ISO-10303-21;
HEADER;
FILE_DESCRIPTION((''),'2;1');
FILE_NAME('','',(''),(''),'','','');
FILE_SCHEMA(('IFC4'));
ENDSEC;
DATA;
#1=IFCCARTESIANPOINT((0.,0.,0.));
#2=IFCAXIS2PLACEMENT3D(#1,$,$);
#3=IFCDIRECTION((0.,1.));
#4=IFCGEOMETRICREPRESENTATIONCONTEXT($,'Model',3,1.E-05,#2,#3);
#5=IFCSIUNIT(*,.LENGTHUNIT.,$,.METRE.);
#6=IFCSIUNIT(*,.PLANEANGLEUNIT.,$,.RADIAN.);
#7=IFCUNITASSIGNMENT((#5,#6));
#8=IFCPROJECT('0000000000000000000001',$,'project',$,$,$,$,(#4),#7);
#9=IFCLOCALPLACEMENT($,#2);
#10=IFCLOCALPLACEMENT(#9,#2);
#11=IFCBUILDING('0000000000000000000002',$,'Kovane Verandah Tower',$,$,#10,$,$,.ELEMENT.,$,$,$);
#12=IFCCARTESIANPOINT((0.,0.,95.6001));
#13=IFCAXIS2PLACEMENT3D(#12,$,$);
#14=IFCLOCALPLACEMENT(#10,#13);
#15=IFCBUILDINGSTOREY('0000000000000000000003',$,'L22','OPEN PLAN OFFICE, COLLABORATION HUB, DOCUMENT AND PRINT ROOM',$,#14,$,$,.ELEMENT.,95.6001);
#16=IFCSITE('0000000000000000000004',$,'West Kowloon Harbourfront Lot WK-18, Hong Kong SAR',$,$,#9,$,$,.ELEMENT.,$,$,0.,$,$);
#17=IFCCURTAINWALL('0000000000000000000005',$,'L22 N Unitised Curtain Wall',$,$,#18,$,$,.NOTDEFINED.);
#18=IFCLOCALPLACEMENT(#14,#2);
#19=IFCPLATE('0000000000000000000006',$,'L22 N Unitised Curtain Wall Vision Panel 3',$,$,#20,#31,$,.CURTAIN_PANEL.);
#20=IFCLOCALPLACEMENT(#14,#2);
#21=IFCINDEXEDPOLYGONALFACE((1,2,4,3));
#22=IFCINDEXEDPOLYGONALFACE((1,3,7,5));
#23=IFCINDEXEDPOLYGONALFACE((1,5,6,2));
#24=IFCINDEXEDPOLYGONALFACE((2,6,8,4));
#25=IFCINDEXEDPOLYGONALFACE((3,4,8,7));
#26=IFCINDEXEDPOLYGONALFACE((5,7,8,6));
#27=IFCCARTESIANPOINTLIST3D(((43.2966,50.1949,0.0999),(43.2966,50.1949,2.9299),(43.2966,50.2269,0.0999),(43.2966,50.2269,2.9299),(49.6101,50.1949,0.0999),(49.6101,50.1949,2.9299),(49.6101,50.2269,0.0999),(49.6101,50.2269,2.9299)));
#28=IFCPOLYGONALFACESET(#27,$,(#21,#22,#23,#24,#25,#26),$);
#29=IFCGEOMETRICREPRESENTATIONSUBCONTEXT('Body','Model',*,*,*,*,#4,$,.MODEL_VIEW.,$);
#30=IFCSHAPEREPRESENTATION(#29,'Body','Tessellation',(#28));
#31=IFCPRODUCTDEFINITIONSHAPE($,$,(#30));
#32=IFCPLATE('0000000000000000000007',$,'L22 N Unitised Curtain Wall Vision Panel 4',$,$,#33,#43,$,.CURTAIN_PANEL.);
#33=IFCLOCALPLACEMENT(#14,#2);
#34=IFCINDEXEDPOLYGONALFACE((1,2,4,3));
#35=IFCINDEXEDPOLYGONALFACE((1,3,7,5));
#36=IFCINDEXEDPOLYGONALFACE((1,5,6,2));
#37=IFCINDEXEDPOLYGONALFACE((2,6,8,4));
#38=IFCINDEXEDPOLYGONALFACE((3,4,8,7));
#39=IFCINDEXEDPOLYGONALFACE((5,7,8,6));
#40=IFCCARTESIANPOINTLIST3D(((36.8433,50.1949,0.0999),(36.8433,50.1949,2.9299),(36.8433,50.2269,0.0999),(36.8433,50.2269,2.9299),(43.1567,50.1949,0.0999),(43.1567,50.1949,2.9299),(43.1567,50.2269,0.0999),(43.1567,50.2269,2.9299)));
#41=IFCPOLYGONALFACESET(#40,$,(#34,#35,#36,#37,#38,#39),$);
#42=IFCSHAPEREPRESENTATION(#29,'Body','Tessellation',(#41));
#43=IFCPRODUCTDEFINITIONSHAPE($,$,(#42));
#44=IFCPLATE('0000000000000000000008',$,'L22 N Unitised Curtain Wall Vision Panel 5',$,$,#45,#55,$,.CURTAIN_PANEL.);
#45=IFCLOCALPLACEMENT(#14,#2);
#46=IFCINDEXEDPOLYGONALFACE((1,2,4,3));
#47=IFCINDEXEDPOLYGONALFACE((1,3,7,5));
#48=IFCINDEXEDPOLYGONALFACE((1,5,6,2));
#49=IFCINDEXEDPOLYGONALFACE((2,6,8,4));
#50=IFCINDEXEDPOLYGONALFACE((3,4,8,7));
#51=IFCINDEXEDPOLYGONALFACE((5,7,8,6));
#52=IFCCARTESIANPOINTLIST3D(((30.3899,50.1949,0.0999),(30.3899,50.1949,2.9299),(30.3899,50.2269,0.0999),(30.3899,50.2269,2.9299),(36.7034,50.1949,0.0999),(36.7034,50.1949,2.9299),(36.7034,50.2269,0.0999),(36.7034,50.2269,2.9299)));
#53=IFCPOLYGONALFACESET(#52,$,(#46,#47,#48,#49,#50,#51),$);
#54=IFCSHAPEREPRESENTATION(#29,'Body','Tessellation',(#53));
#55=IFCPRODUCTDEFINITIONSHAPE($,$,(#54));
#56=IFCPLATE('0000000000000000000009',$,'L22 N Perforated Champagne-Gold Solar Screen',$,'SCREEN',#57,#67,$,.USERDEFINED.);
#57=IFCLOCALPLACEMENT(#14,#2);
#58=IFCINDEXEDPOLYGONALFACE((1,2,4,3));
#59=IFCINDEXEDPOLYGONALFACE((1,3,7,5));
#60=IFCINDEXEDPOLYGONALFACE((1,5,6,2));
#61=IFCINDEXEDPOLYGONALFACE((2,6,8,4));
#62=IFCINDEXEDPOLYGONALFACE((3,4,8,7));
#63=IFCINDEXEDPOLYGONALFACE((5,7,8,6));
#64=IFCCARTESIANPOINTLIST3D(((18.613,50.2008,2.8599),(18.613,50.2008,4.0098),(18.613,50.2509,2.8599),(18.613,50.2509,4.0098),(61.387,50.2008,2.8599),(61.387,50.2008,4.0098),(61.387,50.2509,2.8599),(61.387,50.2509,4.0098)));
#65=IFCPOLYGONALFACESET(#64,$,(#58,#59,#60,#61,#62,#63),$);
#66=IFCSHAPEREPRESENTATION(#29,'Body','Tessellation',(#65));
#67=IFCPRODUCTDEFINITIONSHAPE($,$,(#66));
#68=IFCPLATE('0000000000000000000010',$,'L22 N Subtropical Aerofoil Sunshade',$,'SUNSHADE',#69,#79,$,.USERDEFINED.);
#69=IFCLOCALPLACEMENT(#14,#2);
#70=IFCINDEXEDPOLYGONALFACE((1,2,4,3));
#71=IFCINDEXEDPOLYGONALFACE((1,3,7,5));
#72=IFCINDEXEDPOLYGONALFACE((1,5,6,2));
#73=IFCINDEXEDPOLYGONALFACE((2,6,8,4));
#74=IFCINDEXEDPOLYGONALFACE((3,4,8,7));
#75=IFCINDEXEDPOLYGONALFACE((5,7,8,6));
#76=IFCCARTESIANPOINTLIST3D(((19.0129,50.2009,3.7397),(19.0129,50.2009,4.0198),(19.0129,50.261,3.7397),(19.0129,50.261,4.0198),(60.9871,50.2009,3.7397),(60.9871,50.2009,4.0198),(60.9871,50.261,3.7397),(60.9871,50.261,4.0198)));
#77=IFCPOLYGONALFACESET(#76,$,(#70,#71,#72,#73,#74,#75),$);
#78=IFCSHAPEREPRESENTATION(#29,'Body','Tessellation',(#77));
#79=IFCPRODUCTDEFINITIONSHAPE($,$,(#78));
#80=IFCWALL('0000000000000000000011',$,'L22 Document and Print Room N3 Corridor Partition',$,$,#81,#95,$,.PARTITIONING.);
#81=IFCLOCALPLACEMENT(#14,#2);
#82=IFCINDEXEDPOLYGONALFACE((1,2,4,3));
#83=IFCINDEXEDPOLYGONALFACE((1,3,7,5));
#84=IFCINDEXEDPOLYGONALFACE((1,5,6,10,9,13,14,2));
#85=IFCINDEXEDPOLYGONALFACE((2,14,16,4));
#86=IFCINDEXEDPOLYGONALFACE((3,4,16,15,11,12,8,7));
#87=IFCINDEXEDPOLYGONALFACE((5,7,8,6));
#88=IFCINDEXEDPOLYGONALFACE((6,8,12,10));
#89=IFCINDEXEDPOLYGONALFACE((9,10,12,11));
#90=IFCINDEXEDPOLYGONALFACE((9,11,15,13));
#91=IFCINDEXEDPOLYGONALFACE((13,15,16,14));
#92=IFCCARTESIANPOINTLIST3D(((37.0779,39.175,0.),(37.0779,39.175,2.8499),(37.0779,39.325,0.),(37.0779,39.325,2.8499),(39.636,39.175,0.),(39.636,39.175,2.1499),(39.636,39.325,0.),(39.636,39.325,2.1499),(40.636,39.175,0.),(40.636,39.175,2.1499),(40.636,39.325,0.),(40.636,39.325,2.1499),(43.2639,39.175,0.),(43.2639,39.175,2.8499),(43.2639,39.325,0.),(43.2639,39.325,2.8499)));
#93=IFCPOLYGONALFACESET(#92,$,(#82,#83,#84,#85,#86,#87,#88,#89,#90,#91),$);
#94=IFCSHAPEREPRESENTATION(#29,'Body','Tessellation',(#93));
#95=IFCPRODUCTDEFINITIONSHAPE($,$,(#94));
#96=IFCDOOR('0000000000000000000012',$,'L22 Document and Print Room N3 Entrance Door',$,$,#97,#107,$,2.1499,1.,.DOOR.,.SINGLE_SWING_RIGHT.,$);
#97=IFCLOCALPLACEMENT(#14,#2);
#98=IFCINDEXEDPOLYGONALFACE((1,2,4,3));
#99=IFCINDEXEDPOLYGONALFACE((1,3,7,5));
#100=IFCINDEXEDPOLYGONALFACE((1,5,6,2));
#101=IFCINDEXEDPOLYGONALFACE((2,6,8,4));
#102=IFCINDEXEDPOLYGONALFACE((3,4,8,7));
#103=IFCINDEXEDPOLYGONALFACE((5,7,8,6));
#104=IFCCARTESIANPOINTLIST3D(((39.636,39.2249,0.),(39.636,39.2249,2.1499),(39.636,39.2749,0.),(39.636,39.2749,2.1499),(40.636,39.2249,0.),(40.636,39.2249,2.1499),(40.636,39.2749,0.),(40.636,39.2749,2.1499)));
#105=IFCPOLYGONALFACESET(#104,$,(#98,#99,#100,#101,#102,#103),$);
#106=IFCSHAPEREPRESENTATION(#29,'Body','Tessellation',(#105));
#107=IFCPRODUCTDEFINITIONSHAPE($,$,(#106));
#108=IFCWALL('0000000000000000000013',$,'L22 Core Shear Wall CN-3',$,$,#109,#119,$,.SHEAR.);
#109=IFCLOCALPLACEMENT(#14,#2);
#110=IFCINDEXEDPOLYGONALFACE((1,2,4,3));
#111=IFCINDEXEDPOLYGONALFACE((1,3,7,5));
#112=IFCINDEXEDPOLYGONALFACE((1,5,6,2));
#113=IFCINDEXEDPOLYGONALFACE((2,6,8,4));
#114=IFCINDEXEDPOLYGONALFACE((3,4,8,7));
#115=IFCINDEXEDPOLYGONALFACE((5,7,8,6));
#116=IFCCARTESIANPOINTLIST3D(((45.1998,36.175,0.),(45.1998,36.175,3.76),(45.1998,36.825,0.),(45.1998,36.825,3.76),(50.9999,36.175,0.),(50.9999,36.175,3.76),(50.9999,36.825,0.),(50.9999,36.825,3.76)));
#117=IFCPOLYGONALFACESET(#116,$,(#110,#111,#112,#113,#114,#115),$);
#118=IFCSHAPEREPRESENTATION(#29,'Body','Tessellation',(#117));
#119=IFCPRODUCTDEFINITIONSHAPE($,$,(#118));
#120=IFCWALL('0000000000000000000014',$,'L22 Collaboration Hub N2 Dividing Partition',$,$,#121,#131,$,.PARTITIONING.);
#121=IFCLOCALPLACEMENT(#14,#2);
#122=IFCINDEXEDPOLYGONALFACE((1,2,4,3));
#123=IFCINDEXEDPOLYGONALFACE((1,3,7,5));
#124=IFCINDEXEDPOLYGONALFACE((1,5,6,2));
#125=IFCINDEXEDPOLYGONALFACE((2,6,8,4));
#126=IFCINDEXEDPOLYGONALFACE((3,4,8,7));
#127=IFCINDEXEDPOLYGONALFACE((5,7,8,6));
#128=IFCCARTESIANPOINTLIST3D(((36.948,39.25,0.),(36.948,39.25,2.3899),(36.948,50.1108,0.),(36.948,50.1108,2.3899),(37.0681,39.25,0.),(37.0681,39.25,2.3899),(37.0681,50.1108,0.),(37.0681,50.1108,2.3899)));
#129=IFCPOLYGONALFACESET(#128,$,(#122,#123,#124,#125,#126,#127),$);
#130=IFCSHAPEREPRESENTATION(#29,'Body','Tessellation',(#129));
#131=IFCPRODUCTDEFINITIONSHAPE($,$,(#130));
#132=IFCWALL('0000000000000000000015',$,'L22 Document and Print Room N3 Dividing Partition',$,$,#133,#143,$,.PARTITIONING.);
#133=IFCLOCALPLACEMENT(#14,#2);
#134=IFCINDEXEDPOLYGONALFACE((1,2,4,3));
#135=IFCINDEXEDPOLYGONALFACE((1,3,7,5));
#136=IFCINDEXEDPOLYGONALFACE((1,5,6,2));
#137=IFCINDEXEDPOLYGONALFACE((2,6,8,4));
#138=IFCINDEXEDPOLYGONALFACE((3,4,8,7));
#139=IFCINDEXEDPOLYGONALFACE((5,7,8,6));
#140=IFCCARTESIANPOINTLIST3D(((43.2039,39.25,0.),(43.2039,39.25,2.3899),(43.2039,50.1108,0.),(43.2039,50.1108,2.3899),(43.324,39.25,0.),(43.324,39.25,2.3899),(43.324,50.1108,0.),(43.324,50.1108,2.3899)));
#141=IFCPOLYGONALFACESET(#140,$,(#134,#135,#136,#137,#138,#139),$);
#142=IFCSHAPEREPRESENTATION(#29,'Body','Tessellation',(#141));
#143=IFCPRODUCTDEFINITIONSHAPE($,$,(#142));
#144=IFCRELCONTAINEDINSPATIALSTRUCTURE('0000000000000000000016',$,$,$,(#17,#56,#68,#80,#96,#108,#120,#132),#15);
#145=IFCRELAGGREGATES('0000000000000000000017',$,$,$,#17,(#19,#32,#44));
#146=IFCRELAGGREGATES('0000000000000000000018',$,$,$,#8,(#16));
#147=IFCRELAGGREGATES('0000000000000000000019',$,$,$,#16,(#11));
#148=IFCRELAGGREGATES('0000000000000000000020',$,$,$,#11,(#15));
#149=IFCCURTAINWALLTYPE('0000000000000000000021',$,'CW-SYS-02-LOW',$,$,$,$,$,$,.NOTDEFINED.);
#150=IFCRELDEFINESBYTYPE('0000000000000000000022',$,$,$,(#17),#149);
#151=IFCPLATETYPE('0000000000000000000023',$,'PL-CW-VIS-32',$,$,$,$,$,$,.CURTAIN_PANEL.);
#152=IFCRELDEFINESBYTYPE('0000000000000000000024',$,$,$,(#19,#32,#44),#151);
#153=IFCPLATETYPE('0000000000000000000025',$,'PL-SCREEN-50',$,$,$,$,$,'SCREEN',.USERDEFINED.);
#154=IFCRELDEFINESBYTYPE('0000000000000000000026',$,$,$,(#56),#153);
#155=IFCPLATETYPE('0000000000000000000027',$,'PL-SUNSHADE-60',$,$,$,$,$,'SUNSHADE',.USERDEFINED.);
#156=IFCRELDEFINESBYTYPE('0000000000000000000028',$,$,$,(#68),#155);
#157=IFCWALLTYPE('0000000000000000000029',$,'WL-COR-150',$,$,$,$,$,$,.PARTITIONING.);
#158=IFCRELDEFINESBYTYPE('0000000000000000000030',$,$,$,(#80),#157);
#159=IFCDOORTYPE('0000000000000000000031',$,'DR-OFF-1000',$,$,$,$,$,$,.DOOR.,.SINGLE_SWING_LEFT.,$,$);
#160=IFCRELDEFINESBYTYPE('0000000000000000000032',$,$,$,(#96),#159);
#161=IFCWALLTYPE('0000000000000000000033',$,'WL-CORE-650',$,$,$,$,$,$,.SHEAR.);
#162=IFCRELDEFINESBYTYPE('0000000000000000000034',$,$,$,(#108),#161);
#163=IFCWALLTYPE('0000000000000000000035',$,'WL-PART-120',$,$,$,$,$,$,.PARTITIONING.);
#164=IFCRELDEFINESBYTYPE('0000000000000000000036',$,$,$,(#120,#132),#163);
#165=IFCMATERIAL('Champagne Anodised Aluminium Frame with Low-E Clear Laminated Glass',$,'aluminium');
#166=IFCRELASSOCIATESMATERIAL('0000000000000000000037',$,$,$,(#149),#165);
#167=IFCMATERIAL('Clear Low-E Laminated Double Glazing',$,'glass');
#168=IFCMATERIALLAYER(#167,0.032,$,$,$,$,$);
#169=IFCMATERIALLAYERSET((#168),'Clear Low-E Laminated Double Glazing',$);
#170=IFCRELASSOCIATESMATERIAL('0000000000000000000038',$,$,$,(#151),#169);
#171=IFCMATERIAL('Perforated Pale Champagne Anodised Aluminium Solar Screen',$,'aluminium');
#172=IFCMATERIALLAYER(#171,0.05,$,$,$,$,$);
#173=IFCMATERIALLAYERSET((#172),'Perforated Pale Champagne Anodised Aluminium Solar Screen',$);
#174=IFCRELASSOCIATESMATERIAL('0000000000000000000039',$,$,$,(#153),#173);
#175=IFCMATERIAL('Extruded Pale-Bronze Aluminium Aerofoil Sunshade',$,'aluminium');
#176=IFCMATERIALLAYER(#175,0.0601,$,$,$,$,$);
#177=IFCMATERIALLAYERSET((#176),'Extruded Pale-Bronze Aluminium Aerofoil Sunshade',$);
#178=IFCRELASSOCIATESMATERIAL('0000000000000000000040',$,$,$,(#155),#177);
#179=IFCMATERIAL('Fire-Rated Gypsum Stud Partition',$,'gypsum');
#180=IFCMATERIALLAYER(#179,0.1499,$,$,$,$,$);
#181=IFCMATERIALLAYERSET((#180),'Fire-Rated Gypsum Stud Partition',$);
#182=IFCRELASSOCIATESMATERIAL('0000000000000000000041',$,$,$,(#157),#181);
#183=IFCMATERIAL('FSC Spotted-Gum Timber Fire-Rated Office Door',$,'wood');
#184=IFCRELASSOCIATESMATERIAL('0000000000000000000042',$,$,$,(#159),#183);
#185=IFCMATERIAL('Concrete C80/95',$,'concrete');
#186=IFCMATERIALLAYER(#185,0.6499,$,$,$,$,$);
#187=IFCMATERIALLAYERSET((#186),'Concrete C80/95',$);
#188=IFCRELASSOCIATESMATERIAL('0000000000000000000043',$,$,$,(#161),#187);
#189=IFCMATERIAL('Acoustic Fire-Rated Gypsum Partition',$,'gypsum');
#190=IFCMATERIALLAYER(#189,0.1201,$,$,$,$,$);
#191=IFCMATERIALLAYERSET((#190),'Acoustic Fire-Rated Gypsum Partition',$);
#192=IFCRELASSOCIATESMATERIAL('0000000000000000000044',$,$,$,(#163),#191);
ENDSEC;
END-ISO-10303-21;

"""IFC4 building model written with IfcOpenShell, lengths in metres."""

from ifc_helpers import new_model, si_unit, direction, frame, frame_2d, origin, origin_2d, place, context, subcontext, project, spatial, rectangle, extrude, material, layer, layer_set, type_object, element, fill, aggregate, save


model = new_model("IFC4")

# Units and contexts
model_context = context("Model", 3, precision=1e-05, world=origin(), true_north=direction((0.0, 1.0)))
body_context = subcontext(model_context, "Body", "Model", "MODEL_VIEW")
ifc_project = project(units=[si_unit("LENGTHUNIT", "METRE"), si_unit("PLANEANGLEUNIT", "RADIAN")], contexts=[model_context])

# Site, building, storey
site_placement = place(None, origin())
site = spatial("IfcSite", under=ifc_project, at=site_placement, Name="West Kowloon Harbourfront Lot WK-18, Hong Kong SAR", CompositionType="ELEMENT", RefElevation=0.0)
building_placement = place(site_placement, origin())
building = spatial("IfcBuilding", under=site, at=building_placement, Name="Kovane Verandah Tower", CompositionType="ELEMENT")
storey_placement = place(building_placement, frame((0.0, 0.0, 95.6001)))
storey = spatial("IfcBuildingStorey", under=building, at=storey_placement, Name="L22", Description="OPEN PLAN OFFICE, COLLABORATION HUB, DOCUMENT AND PRINT ROOM", CompositionType="ELEMENT", Elevation=95.6001)

# Curtain wall, plates
ifc_material_1 = material(Name="Champagne Anodised Aluminium Frame with Low-E Clear Laminated Glass", Category="aluminium")
curtain_wall_type = type_object("IfcCurtainWallType", Name="CW-SYS-02-LOW", PredefinedType="NOTDEFINED", material=ifc_material_1)
curtain_wall_placement = place(storey_placement, origin())
curtain_wall = element("IfcCurtainWall", 1, at=curtain_wall_placement, inside=storey, type_object=curtain_wall_type, Name="L22 N Unitised Curtain Wall", PredefinedType="NOTDEFINED")
ifc_material_2 = material(Name="Clear Low-E Laminated Double Glazing", Category="glass")
ifc_layer_1 = layer(ifc_material_2, 0.032)
ifc_layer_set_1 = layer_set([ifc_layer_1], Name="Clear Low-E Laminated Double Glazing")
plate_type_1 = type_object("IfcPlateType", Name="PL-CW-VIS-32", PredefinedType="CURTAIN_PANEL", material=ifc_layer_set_1)
plate_1_placement = place(storey_placement, frame((46.4534, 50.2109, 0.0999), z_axis=(0.0, 0.0, 1.0), x_axis=(-1.0, 0.0, 0.0)))
plate_1 = element("IfcPlate", 2, at=plate_1_placement, type_object=plate_type_1, Name="L22 N Unitised Curtain Wall Vision Panel 3", PredefinedType="CURTAIN_PANEL", context=body_context, shape_type="SweptSolid", body=[
    extrude(rectangle(XDim=6.3135, YDim=0.032, at=origin_2d()), origin(), (0.0, 0.0, 1.0), 2.8301),
])
plate_2_placement = place(storey_placement, frame((40.0, 50.2109, 0.0999), z_axis=(0.0, 0.0, 1.0), x_axis=(-1.0, 0.0, 0.0)))
plate_2 = element("IfcPlate", 3, at=plate_2_placement, type_object=plate_type_1, Name="L22 N Unitised Curtain Wall Vision Panel 4", PredefinedType="CURTAIN_PANEL", context=body_context, shape_type="SweptSolid", body=[
    extrude(rectangle(XDim=6.3135, YDim=0.032, at=origin_2d()), origin(), (0.0, 0.0, 1.0), 2.8301),
])
plate_3_placement = place(storey_placement, frame((33.5466, 50.2109, 0.0999), z_axis=(0.0, 0.0, 1.0), x_axis=(-1.0, 0.0, 0.0)))
plate_3 = element("IfcPlate", 4, at=plate_3_placement, type_object=plate_type_1, Name="L22 N Unitised Curtain Wall Vision Panel 5", PredefinedType="CURTAIN_PANEL", context=body_context, shape_type="SweptSolid", body=[
    extrude(rectangle(XDim=6.3135, YDim=0.032, at=origin_2d()), origin(), (0.0, 0.0, 1.0), 2.8301),
])
aggregate(curtain_wall, [plate_1, plate_2, plate_3])

# Plates
ifc_material_3 = material(Name="Perforated Pale Champagne Anodised Aluminium Solar Screen", Category="aluminium")
ifc_layer_2 = layer(ifc_material_3, 0.05)
ifc_layer_set_2 = layer_set([ifc_layer_2], Name="Perforated Pale Champagne Anodised Aluminium Solar Screen")
plate_type_2 = type_object("IfcPlateType", Name="PL-SCREEN-50", ElementType="SCREEN", PredefinedType="USERDEFINED", material=ifc_layer_set_2)
plate_4_placement = place(storey_placement, frame((40.0, 50.2258, 2.8599), z_axis=(0.0, 0.0, 1.0), x_axis=(-1.0, 0.0, 0.0)))
element("IfcPlate", 5, at=plate_4_placement, inside=storey, type_object=plate_type_2, Name="L22 N Perforated Champagne-Gold Solar Screen", ObjectType="SCREEN", PredefinedType="USERDEFINED", context=body_context, shape_type="SweptSolid", body=[
    extrude(rectangle(XDim=42.7739, YDim=0.05, at=origin_2d()), origin(), (0.0, 0.0, 1.0), 1.1499),
])
ifc_material_4 = material(Name="Extruded Pale-Bronze Aluminium Aerofoil Sunshade", Category="aluminium")
ifc_layer_3 = layer(ifc_material_4, 0.0601)
ifc_layer_set_3 = layer_set([ifc_layer_3], Name="Extruded Pale-Bronze Aluminium Aerofoil Sunshade")
plate_type_3 = type_object("IfcPlateType", Name="PL-SUNSHADE-60", ElementType="SUNSHADE", PredefinedType="USERDEFINED", material=ifc_layer_set_3)
plate_5_placement = place(storey_placement, frame((40.0, 50.231, 3.7397), z_axis=(0.0, 0.0, 1.0), x_axis=(-1.0, 0.0, 0.0)))
element("IfcPlate", 6, at=plate_5_placement, inside=storey, type_object=plate_type_3, Name="L22 N Subtropical Aerofoil Sunshade", ObjectType="SUNSHADE", PredefinedType="USERDEFINED", context=body_context, shape_type="SweptSolid", body=[
    extrude(rectangle(XDim=41.9741, YDim=0.0601, at=origin_2d()), origin(), (0.0, 0.0, 1.0), 0.28),
])

# Wall, opening, door
ifc_material_5 = material(Name="Fire-Rated Gypsum Stud Partition", Category="gypsum")
ifc_layer_4 = layer(ifc_material_5, 0.1499)
ifc_layer_set_4 = layer_set([ifc_layer_4], Name="Fire-Rated Gypsum Stud Partition")
wall_type_1 = type_object("IfcWallType", Name="WL-COR-150", PredefinedType="PARTITIONING", material=ifc_layer_set_4)
wall_1_placement = place(storey_placement, frame((37.0779, 39.25, 0.0), z_axis=(0.0, 0.0, 1.0), x_axis=(1.0, 0.0, 0.0)))
wall_1 = element("IfcWall", 7, at=wall_1_placement, inside=storey, type_object=wall_type_1, Name="L22 Document and Print Room N3 Corridor Partition", PredefinedType="PARTITIONING", context=body_context, shape_type="SweptSolid", body=[
    extrude(rectangle(XDim=6.186, YDim=0.1499, at=frame_2d((3.093, 0.0))), origin(), (0.0, 0.0, 1.0), 2.8499),
])
opening_1_placement = place(wall_1_placement, frame((2.5581, 0.0, 0.0)))
opening_1 = element("IfcOpeningElement", 8, at=opening_1_placement, cuts=wall_1, PredefinedType="OPENING", context=body_context, shape_type="SweptSolid", body=[
    extrude(rectangle(XDim=1.0, YDim=2.1499, at=frame_2d((0.5, 1.075))), frame((0.0, 0.075, 0.0), z_axis=(0.0, -1.0, 0.0), x_axis=(1.0, 0.0, 0.0)), (0.0, 0.0, 1.0), 0.1499),
])
ifc_material_6 = material(Name="FSC Spotted-Gum Timber Fire-Rated Office Door", Category="wood")
door_type = type_object("IfcDoorType", Name="DR-OFF-1000", OperationType="SINGLE_SWING_LEFT", PredefinedType="DOOR", material=ifc_material_6)
door_1_placement = place(opening_1_placement, origin())
door_1 = element("IfcDoor", 9, at=door_1_placement, inside=storey, type_object=door_type, Name="L22 Document and Print Room N3 Entrance Door", OperationType="SINGLE_SWING_RIGHT", OverallHeight=2.1499, OverallWidth=1.0, PredefinedType="DOOR", context=body_context, shape_type="SweptSolid", body=[
    extrude(rectangle(XDim=1.0, YDim=2.1499, at=frame_2d((0.5, 1.075))), frame((0.0, 0.0249, 0.0), z_axis=(0.0, -1.0, 0.0), x_axis=(1.0, 0.0, 0.0)), (0.0, 0.0, 1.0), 0.05),
])
fill(opening_1, door_1)

# Walls
ifc_material_7 = material(Name="Concrete C80/95", Category="concrete")
ifc_layer_5 = layer(ifc_material_7, 0.6499)
ifc_layer_set_5 = layer_set([ifc_layer_5], Name="Concrete C80/95")
wall_type_2 = type_object("IfcWallType", Name="WL-CORE-650", PredefinedType="SHEAR", material=ifc_layer_set_5)
wall_2_placement = place(storey_placement, frame((45.2, 36.5, 0.0), z_axis=(0.0, 0.0, 1.0), x_axis=(1.0, 0.0, 0.0)))
element("IfcWall", 10, at=wall_2_placement, inside=storey, type_object=wall_type_2, Name="L22 Core Shear Wall CN-3", PredefinedType="SHEAR", context=body_context, shape_type="SweptSolid", body=[
    extrude(rectangle(XDim=5.8, YDim=0.6499, at=frame_2d((2.8999, 0.0))), origin(), (0.0, 0.0, 1.0), 3.76),
])
ifc_material_8 = material(Name="Acoustic Fire-Rated Gypsum Partition", Category="gypsum")
ifc_layer_6 = layer(ifc_material_8, 0.1201)
ifc_layer_set_6 = layer_set([ifc_layer_6], Name="Acoustic Fire-Rated Gypsum Partition")
wall_type_3 = type_object("IfcWallType", Name="WL-PART-120", PredefinedType="PARTITIONING", material=ifc_layer_set_6)
for number, where, z_axis, x_axis, name in (
    (11, (37.0081, 39.25, 0.0), (0.0, 0.0, 1.0), (0.0, 1.0, 0.0), "L22 Collaboration Hub N2 Dividing Partition"),
    (12, (43.2639, 39.25, 0.0), (0.0, 0.0, 1.0), (0.0, 1.0, 0.0), "L22 Document and Print Room N3 Dividing Partition"),
):
    element("IfcWall", number, at=place(storey_placement, frame(where, z_axis=z_axis, x_axis=x_axis)), inside=storey, type_object=wall_type_3, Name=name, PredefinedType="PARTITIONING", context=body_context, shape_type="SweptSolid", body=[
        extrude(rectangle(XDim=10.8608, YDim=0.1201, at=frame_2d((5.4304, 0.0))), origin(), (0.0, 0.0, 1.0), 2.3899),
    ])

save(model, "model.ifc")
